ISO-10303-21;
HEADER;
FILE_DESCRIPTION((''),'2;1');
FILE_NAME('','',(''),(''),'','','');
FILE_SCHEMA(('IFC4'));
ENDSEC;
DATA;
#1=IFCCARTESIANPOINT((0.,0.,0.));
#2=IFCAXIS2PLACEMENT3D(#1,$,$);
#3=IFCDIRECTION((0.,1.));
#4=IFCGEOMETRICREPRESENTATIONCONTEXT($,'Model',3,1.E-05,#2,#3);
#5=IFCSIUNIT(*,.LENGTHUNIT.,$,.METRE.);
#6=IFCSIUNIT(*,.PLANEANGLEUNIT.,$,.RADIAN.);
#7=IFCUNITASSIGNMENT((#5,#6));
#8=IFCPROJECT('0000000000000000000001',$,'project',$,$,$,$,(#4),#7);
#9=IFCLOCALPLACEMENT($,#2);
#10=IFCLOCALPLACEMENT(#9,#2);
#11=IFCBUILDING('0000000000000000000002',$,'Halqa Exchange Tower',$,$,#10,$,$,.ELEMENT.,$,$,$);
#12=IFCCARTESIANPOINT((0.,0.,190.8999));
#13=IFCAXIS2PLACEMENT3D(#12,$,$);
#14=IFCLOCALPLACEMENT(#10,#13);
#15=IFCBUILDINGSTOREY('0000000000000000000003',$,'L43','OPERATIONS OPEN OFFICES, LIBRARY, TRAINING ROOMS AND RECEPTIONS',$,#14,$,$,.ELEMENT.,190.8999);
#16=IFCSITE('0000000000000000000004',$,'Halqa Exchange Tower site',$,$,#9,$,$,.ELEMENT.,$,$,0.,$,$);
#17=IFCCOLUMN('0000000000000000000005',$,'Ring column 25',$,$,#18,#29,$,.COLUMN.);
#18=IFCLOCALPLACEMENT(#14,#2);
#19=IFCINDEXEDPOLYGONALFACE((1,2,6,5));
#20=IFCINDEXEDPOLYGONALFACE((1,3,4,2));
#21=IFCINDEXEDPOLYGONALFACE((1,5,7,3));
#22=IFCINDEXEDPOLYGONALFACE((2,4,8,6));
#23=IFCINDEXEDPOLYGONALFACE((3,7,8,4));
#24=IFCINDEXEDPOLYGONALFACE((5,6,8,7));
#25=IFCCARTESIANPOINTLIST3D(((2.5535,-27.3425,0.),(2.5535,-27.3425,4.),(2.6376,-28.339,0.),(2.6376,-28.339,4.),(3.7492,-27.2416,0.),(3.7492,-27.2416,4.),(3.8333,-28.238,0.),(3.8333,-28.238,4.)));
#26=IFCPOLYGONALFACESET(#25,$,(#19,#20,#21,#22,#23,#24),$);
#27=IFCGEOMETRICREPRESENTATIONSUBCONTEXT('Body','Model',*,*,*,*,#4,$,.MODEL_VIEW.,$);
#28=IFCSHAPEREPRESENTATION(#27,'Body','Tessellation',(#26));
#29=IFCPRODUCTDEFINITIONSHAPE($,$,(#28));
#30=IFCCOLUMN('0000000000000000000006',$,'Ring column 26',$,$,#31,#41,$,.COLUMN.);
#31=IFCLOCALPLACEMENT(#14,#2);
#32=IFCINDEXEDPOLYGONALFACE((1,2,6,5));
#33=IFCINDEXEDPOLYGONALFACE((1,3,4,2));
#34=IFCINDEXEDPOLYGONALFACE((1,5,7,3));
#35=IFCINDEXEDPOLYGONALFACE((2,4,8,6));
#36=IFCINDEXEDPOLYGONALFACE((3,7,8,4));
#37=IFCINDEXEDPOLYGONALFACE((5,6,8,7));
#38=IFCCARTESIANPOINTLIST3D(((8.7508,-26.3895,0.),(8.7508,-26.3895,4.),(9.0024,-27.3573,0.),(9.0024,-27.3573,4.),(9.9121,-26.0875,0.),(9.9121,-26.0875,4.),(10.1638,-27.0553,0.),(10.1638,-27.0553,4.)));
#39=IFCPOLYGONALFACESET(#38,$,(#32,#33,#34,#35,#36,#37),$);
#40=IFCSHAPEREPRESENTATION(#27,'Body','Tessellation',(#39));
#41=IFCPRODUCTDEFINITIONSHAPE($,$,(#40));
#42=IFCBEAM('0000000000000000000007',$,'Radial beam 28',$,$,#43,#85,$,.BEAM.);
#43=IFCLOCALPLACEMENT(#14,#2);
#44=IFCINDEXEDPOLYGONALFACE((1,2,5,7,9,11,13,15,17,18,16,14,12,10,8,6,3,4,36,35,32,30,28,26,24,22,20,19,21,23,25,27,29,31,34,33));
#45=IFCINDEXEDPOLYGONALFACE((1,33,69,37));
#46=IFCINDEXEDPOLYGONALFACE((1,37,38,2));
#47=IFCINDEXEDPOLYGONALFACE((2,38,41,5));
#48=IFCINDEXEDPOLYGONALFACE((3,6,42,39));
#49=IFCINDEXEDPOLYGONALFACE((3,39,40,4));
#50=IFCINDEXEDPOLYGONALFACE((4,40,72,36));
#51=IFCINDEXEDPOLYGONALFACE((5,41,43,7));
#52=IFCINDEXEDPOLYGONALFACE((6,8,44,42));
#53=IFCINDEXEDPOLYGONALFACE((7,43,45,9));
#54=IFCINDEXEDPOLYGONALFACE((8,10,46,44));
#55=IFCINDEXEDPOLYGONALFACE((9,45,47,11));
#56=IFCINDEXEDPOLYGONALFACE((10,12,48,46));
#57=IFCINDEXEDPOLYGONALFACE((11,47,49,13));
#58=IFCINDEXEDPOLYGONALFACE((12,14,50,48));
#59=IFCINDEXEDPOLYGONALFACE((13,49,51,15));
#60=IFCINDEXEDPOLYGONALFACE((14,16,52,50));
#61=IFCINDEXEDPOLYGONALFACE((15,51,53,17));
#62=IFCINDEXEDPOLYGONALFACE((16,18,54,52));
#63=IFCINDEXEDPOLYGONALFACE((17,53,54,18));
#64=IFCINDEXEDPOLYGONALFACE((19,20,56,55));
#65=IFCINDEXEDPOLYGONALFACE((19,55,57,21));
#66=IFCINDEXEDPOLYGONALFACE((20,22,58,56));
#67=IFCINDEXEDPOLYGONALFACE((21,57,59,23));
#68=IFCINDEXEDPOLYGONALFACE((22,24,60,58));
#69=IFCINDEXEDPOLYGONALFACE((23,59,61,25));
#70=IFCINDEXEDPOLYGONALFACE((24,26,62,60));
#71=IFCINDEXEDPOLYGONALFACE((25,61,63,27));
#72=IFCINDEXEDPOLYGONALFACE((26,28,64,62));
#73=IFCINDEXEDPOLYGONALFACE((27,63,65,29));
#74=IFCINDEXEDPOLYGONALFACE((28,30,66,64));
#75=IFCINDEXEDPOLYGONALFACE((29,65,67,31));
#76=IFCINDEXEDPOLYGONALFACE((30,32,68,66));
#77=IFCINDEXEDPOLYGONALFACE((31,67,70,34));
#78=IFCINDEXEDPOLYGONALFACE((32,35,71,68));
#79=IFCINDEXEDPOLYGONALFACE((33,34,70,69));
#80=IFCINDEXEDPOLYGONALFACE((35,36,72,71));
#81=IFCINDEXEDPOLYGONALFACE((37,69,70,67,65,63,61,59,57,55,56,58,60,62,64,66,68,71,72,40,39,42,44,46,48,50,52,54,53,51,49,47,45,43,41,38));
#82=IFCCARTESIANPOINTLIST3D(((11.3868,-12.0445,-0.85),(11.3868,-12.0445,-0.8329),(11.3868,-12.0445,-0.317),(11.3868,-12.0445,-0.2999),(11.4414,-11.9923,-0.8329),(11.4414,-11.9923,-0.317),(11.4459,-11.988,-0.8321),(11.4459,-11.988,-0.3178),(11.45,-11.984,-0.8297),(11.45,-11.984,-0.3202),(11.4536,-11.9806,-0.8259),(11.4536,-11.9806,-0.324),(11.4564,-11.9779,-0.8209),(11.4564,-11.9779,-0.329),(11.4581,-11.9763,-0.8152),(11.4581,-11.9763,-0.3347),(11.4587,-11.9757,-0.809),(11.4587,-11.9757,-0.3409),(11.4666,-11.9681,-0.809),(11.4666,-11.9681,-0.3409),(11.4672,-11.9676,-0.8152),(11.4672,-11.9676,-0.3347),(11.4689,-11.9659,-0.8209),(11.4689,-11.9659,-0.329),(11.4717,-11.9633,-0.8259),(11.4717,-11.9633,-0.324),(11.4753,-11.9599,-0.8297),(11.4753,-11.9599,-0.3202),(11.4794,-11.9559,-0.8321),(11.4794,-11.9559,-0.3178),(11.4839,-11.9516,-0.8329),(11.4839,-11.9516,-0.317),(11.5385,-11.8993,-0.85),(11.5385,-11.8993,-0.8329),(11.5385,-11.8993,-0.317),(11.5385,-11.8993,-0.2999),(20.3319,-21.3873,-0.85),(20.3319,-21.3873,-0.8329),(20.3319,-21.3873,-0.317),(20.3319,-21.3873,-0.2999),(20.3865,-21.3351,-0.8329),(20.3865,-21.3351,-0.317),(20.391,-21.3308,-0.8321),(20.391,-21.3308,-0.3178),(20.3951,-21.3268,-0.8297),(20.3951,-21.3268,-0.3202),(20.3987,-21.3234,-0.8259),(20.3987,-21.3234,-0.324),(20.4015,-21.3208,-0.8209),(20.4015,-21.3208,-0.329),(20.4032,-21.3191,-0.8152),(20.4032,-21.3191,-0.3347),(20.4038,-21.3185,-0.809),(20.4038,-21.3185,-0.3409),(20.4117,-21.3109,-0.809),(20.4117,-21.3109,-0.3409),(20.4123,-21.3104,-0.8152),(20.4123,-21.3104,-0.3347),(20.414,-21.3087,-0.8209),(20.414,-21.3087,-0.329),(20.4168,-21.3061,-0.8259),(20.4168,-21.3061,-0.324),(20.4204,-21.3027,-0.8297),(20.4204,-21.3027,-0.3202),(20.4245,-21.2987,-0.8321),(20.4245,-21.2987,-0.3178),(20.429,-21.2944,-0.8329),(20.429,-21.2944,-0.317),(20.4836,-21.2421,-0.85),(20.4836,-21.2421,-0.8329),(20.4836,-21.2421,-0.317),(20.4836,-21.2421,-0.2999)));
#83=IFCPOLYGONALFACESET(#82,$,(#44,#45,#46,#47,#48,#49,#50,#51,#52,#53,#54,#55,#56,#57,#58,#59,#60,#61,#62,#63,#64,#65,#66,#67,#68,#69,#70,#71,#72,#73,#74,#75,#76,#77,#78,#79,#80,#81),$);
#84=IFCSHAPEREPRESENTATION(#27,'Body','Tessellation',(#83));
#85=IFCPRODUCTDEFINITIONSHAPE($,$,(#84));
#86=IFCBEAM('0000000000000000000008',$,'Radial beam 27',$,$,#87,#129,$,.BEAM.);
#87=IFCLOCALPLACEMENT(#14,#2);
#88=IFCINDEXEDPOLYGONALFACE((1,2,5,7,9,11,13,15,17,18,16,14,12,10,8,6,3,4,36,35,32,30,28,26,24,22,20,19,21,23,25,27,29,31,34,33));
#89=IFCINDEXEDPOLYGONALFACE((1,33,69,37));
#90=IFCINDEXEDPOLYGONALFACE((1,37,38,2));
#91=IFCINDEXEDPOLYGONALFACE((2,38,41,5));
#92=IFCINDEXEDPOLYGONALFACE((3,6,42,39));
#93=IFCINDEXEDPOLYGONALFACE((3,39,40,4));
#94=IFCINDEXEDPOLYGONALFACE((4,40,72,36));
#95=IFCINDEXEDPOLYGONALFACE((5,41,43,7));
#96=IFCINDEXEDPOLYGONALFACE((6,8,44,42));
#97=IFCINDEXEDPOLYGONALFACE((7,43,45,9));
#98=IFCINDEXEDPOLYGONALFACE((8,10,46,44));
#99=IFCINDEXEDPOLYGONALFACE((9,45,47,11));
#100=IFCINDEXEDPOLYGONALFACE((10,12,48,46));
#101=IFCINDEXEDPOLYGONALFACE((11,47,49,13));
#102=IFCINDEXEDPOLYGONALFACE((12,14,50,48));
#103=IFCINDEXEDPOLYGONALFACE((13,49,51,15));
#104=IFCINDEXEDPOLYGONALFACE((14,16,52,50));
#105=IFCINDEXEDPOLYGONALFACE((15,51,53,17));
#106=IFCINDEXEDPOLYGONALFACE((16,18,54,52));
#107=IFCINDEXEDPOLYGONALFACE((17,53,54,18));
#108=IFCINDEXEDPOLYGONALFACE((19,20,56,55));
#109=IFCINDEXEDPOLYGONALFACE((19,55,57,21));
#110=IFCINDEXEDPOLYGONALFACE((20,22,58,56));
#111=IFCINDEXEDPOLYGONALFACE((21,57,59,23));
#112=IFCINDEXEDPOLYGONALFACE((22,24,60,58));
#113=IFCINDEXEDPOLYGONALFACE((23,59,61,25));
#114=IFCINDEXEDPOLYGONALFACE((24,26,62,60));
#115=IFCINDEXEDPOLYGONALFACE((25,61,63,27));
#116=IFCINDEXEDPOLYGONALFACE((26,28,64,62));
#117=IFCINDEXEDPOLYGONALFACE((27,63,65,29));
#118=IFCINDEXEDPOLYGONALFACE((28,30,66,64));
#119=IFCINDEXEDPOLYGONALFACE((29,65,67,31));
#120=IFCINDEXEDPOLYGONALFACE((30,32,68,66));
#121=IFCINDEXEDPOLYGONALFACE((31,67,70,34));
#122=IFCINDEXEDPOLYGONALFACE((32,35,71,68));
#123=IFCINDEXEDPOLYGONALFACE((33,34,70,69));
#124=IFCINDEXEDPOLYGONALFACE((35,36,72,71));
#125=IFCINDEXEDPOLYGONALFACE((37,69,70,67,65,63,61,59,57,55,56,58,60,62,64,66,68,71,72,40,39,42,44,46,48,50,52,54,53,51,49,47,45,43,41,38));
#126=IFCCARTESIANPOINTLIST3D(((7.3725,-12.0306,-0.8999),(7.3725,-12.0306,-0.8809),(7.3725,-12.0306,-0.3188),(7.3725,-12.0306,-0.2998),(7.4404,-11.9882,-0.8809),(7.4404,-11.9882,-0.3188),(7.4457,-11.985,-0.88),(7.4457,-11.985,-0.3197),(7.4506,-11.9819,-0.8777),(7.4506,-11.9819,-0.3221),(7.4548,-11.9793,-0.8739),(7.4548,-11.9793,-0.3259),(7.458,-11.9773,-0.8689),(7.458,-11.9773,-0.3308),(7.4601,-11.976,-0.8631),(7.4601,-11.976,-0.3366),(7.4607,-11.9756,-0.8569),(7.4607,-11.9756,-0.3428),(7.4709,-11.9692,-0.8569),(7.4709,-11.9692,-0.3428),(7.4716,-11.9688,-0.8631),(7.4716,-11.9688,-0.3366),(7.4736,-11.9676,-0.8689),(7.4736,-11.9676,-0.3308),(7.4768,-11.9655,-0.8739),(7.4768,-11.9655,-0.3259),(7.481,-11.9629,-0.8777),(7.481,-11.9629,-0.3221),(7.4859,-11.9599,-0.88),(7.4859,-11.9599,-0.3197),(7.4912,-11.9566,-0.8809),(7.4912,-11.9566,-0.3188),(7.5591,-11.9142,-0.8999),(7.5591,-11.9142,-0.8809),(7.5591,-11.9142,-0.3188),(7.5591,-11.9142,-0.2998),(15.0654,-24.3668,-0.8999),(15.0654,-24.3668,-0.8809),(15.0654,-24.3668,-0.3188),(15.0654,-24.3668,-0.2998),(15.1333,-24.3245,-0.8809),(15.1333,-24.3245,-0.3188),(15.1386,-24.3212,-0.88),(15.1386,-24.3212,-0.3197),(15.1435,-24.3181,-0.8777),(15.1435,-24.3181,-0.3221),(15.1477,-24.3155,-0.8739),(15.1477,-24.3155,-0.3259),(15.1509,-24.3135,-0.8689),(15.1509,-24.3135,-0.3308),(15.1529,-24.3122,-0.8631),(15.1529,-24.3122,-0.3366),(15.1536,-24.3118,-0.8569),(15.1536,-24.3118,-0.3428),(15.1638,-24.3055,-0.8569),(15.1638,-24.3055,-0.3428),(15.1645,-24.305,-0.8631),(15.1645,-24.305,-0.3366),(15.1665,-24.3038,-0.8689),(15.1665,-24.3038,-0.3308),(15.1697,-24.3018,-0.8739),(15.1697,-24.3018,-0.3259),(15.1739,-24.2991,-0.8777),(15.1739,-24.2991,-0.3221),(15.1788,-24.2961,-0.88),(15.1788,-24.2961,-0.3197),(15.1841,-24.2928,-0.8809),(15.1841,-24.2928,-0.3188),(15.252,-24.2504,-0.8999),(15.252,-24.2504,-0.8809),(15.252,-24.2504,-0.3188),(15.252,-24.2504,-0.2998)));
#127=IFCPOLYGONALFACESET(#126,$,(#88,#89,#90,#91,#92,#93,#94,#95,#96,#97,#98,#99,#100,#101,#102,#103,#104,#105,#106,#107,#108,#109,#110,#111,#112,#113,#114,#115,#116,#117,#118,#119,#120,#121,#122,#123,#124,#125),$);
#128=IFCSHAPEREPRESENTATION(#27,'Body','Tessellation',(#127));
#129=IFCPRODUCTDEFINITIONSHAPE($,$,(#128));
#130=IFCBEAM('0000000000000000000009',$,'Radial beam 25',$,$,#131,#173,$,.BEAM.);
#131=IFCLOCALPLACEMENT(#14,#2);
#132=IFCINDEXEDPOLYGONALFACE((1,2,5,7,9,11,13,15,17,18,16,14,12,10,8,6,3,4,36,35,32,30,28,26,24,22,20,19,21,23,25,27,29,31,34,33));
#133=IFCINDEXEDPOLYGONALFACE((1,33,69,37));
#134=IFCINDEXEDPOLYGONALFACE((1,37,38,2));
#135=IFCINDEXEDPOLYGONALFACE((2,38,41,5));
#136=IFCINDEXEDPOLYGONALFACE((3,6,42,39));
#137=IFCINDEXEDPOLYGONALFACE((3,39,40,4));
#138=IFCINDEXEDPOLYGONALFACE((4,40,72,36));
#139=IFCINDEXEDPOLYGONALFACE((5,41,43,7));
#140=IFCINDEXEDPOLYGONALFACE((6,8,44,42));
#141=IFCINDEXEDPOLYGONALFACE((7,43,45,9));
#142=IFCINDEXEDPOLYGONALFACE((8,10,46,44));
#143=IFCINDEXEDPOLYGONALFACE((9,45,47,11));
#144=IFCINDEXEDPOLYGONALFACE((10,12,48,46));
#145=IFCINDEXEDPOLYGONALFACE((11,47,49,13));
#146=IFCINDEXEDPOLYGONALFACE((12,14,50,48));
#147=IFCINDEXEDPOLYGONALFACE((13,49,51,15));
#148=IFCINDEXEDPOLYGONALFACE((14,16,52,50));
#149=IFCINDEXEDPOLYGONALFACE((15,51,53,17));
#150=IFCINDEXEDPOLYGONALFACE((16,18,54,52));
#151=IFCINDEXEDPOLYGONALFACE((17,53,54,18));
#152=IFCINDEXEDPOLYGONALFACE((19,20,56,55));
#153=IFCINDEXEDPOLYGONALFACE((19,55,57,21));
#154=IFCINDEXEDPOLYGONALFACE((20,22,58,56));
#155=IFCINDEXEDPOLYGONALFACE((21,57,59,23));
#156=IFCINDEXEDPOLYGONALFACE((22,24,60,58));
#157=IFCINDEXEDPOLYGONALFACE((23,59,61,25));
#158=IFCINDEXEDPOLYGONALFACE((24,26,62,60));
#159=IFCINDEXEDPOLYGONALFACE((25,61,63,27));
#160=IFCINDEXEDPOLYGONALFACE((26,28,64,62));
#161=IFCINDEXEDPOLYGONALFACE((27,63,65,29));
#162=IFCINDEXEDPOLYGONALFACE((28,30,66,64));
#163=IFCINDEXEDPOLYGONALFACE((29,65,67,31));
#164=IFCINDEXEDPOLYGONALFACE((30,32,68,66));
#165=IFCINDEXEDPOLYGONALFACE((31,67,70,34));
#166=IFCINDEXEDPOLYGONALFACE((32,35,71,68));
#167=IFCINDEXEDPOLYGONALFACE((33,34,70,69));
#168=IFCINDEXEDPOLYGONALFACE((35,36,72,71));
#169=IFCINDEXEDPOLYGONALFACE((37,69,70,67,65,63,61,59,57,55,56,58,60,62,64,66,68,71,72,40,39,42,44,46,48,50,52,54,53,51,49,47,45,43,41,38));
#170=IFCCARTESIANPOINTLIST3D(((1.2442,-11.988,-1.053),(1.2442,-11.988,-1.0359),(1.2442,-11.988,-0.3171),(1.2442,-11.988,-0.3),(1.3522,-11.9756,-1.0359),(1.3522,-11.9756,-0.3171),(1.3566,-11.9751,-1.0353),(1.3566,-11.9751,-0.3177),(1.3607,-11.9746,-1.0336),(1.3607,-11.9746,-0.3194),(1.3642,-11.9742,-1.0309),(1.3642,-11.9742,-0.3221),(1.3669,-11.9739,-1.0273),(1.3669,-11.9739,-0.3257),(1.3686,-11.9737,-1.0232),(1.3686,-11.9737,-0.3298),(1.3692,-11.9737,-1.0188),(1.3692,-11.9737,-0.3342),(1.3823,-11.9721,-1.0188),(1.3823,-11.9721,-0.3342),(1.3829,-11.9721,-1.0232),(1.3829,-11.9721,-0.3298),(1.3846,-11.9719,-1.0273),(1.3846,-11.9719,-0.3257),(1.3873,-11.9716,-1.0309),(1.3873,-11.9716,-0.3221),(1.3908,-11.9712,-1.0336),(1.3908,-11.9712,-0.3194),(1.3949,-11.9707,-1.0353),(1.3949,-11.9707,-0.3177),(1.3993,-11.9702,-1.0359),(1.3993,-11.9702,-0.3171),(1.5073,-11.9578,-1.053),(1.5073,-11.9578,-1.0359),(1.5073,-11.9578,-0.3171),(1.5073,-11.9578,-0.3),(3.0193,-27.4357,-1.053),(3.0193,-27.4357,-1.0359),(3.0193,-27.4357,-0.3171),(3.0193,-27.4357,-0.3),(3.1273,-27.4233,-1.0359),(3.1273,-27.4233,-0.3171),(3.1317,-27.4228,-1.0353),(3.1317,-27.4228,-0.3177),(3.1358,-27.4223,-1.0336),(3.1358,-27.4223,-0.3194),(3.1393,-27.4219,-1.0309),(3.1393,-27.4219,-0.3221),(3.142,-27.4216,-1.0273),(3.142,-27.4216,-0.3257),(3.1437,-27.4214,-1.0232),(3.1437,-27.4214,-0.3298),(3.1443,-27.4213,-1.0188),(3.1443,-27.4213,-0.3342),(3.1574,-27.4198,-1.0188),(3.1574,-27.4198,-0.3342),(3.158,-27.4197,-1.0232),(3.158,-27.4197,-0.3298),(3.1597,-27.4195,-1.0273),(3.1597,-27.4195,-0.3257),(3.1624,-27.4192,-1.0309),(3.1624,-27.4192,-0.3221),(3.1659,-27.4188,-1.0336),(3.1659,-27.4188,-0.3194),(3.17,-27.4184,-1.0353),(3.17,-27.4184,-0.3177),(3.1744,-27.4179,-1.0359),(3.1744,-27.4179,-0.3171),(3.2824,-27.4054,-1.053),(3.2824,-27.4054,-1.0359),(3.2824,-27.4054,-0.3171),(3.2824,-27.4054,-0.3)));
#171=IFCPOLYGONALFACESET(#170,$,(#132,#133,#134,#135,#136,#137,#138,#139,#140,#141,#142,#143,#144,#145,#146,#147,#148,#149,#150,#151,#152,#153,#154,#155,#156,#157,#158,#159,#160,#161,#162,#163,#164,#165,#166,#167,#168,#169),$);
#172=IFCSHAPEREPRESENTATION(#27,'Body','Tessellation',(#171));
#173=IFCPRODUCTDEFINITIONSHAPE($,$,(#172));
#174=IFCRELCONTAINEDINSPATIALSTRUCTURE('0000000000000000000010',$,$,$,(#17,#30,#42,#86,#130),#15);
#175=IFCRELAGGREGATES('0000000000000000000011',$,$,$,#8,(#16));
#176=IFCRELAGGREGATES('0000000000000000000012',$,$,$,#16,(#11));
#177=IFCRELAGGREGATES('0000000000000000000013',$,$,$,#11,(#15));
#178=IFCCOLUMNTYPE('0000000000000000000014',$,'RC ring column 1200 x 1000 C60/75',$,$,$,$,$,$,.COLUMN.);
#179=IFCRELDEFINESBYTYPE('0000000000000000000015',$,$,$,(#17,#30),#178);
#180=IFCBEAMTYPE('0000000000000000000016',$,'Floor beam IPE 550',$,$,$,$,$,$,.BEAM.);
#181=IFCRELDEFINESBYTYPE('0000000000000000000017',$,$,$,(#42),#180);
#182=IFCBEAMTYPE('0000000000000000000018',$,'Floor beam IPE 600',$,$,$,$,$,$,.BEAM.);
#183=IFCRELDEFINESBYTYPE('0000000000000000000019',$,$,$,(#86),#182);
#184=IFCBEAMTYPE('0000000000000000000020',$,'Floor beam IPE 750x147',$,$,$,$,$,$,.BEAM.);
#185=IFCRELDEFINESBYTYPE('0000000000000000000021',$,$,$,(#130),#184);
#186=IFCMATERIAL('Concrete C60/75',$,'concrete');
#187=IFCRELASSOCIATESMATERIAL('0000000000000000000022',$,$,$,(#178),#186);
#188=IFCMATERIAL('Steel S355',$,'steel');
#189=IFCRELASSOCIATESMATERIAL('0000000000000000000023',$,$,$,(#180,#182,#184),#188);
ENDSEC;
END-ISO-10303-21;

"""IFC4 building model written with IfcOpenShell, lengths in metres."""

from ifc_helpers import new_model, si_unit, direction, frame, origin, origin_2d, place, context, subcontext, project, spatial, rectangle, i_section, extrude, material, material_profile, profile_set, type_object, element, save


model = new_model("IFC4")

# Units and contexts
model_context = context("Model", 3, precision=1e-05, world=origin(), true_north=direction((0.0, 1.0)))
body_context = subcontext(model_context, "Body", "Model", "MODEL_VIEW")
ifc_project = project(units=[si_unit("LENGTHUNIT", "METRE"), si_unit("PLANEANGLEUNIT", "RADIAN")], contexts=[model_context])

# Site, building, storey
site_placement = place(None, origin())
site = spatial("IfcSite", under=ifc_project, at=site_placement, Name="Halqa Exchange Tower site", CompositionType="ELEMENT", RefElevation=0.0)
building_placement = place(site_placement, origin())
building = spatial("IfcBuilding", under=site, at=building_placement, Name="Halqa Exchange Tower", CompositionType="ELEMENT")
storey_placement = place(building_placement, frame((0.0, 0.0, 190.8999)))
storey = spatial("IfcBuildingStorey", under=building, at=storey_placement, Name="L43", Description="OPERATIONS OPEN OFFICES, LIBRARY, TRAINING ROOMS AND RECEPTIONS", CompositionType="ELEMENT", Elevation=190.8999)

# Columns
ifc_material_1 = material(Name="Concrete C60/75", Category="concrete")
ifc_material_profile_1 = material_profile(ifc_material_1, rectangle(XDim=1.2, YDim=1.0, at=origin_2d()), Name="1200 x 1000")
ifc_profile_set_1 = profile_set([ifc_material_profile_1], Name="Concrete C60/75")
column_type = type_object("IfcColumnType", Name="RC ring column 1200 x 1000 C60/75", PredefinedType="COLUMN", material=ifc_profile_set_1)
for number, where, z_axis, x_axis, name in (
    (1, (3.1934, -27.7903, 0.0), (0.0, 0.0, 1.0), (0.996456, 0.084116, 0.0), "Ring column 25"),
    (2, (9.4573, -26.7224, 0.0), (0.0, 0.0, 1.0), (0.967821, 0.25164, 0.0), "Ring column 26"),
):
    element("IfcColumn", number, at=place(storey_placement, frame(where, z_axis=z_axis, x_axis=x_axis)), inside=storey, type_object=column_type, Name=name, PredefinedType="COLUMN", context=body_context, shape_type="SweptSolid", body=[
        extrude(rectangle(XDim=1.2, YDim=1.0, at=origin_2d()), origin(), (0.0, 0.0, 1.0), 4.0),
    ])

# Beams
ifc_material_2 = material(Name="Steel S355", Category="steel")
ifc_material_profile_2 = material_profile(ifc_material_2, i_section(OverallWidth=0.21, OverallDepth=0.55, WebThickness=0.011, FlangeThickness=0.0171, FilletRadius=0.0239, at=origin_2d()), Name="IPE 550")
ifc_profile_set_2 = profile_set([ifc_material_profile_2], Name="Steel S355")
beam_type_1 = type_object("IfcBeamType", Name="Floor beam IPE 550", PredefinedType="BEAM", material=ifc_profile_set_2)
beam_1_placement = place(storey_placement, frame((11.4626, -11.9719, -0.575), z_axis=(0.691566, -0.722313, 0.0), x_axis=(0.722313, 0.691566, 0.0)))
element("IfcBeam", 3, at=beam_1_placement, inside=storey, type_object=beam_type_1, Name="Radial beam 28", PredefinedType="BEAM", context=body_context, shape_type="SweptSolid", body=[
    extrude(i_section(OverallWidth=0.21, OverallDepth=0.55, WebThickness=0.011, FlangeThickness=0.0171, FilletRadius=0.0239, at=origin_2d()), origin(), (0.0, 0.0, 1.0), 12.9346),
])
ifc_material_profile_3 = material_profile(ifc_material_2, i_section(OverallWidth=0.22, OverallDepth=0.6001, WebThickness=0.012, FlangeThickness=0.019, FilletRadius=0.0239, at=origin_2d()), Name="IPE 600")
ifc_profile_set_3 = profile_set([ifc_material_profile_3], Name="Steel S355")
beam_type_2 = type_object("IfcBeamType", Name="Floor beam IPE 600", PredefinedType="BEAM", material=ifc_profile_set_3)
beam_2_placement = place(storey_placement, frame((7.4658, -11.9724, -0.5999), z_axis=(0.529146, -0.848531, 0.0), x_axis=(0.848531, 0.529146, 0.0)))
element("IfcBeam", 4, at=beam_2_placement, inside=storey, type_object=beam_type_2, Name="Radial beam 27", PredefinedType="BEAM", context=body_context, shape_type="SweptSolid", body=[
    extrude(i_section(OverallWidth=0.22, OverallDepth=0.6001, WebThickness=0.012, FlangeThickness=0.019, FilletRadius=0.0239, at=origin_2d()), origin(), (0.0, 0.0, 1.0), 14.5383),
])
ifc_material_profile_4 = material_profile(ifc_material_2, i_section(OverallWidth=0.2649, OverallDepth=0.7529, WebThickness=0.0132, FlangeThickness=0.0171, FilletRadius=0.0171, at=origin_2d()), Name="IPE 750x147")
ifc_profile_set_4 = profile_set([ifc_material_profile_4], Name="Steel S355")
beam_type_3 = type_object("IfcBeamType", Name="Floor beam IPE 750x147", PredefinedType="BEAM", material=ifc_profile_set_4)
beam_3_placement = place(storey_placement, frame((1.3757, -11.9729, -0.6765), z_axis=(0.114162, -0.993462, 0.0), x_axis=(0.993462, 0.114162, 0.0)))
element("IfcBeam", 5, at=beam_3_placement, inside=storey, type_object=beam_type_3, Name="Radial beam 25", PredefinedType="BEAM", context=body_context, shape_type="SweptSolid", body=[
    extrude(i_section(OverallWidth=0.2649, OverallDepth=0.7529, WebThickness=0.0132, FlangeThickness=0.0171, FilletRadius=0.0171, at=origin_2d()), origin(), (0.0, 0.0, 1.0), 15.5493),
])

save(model, "model.ifc")
